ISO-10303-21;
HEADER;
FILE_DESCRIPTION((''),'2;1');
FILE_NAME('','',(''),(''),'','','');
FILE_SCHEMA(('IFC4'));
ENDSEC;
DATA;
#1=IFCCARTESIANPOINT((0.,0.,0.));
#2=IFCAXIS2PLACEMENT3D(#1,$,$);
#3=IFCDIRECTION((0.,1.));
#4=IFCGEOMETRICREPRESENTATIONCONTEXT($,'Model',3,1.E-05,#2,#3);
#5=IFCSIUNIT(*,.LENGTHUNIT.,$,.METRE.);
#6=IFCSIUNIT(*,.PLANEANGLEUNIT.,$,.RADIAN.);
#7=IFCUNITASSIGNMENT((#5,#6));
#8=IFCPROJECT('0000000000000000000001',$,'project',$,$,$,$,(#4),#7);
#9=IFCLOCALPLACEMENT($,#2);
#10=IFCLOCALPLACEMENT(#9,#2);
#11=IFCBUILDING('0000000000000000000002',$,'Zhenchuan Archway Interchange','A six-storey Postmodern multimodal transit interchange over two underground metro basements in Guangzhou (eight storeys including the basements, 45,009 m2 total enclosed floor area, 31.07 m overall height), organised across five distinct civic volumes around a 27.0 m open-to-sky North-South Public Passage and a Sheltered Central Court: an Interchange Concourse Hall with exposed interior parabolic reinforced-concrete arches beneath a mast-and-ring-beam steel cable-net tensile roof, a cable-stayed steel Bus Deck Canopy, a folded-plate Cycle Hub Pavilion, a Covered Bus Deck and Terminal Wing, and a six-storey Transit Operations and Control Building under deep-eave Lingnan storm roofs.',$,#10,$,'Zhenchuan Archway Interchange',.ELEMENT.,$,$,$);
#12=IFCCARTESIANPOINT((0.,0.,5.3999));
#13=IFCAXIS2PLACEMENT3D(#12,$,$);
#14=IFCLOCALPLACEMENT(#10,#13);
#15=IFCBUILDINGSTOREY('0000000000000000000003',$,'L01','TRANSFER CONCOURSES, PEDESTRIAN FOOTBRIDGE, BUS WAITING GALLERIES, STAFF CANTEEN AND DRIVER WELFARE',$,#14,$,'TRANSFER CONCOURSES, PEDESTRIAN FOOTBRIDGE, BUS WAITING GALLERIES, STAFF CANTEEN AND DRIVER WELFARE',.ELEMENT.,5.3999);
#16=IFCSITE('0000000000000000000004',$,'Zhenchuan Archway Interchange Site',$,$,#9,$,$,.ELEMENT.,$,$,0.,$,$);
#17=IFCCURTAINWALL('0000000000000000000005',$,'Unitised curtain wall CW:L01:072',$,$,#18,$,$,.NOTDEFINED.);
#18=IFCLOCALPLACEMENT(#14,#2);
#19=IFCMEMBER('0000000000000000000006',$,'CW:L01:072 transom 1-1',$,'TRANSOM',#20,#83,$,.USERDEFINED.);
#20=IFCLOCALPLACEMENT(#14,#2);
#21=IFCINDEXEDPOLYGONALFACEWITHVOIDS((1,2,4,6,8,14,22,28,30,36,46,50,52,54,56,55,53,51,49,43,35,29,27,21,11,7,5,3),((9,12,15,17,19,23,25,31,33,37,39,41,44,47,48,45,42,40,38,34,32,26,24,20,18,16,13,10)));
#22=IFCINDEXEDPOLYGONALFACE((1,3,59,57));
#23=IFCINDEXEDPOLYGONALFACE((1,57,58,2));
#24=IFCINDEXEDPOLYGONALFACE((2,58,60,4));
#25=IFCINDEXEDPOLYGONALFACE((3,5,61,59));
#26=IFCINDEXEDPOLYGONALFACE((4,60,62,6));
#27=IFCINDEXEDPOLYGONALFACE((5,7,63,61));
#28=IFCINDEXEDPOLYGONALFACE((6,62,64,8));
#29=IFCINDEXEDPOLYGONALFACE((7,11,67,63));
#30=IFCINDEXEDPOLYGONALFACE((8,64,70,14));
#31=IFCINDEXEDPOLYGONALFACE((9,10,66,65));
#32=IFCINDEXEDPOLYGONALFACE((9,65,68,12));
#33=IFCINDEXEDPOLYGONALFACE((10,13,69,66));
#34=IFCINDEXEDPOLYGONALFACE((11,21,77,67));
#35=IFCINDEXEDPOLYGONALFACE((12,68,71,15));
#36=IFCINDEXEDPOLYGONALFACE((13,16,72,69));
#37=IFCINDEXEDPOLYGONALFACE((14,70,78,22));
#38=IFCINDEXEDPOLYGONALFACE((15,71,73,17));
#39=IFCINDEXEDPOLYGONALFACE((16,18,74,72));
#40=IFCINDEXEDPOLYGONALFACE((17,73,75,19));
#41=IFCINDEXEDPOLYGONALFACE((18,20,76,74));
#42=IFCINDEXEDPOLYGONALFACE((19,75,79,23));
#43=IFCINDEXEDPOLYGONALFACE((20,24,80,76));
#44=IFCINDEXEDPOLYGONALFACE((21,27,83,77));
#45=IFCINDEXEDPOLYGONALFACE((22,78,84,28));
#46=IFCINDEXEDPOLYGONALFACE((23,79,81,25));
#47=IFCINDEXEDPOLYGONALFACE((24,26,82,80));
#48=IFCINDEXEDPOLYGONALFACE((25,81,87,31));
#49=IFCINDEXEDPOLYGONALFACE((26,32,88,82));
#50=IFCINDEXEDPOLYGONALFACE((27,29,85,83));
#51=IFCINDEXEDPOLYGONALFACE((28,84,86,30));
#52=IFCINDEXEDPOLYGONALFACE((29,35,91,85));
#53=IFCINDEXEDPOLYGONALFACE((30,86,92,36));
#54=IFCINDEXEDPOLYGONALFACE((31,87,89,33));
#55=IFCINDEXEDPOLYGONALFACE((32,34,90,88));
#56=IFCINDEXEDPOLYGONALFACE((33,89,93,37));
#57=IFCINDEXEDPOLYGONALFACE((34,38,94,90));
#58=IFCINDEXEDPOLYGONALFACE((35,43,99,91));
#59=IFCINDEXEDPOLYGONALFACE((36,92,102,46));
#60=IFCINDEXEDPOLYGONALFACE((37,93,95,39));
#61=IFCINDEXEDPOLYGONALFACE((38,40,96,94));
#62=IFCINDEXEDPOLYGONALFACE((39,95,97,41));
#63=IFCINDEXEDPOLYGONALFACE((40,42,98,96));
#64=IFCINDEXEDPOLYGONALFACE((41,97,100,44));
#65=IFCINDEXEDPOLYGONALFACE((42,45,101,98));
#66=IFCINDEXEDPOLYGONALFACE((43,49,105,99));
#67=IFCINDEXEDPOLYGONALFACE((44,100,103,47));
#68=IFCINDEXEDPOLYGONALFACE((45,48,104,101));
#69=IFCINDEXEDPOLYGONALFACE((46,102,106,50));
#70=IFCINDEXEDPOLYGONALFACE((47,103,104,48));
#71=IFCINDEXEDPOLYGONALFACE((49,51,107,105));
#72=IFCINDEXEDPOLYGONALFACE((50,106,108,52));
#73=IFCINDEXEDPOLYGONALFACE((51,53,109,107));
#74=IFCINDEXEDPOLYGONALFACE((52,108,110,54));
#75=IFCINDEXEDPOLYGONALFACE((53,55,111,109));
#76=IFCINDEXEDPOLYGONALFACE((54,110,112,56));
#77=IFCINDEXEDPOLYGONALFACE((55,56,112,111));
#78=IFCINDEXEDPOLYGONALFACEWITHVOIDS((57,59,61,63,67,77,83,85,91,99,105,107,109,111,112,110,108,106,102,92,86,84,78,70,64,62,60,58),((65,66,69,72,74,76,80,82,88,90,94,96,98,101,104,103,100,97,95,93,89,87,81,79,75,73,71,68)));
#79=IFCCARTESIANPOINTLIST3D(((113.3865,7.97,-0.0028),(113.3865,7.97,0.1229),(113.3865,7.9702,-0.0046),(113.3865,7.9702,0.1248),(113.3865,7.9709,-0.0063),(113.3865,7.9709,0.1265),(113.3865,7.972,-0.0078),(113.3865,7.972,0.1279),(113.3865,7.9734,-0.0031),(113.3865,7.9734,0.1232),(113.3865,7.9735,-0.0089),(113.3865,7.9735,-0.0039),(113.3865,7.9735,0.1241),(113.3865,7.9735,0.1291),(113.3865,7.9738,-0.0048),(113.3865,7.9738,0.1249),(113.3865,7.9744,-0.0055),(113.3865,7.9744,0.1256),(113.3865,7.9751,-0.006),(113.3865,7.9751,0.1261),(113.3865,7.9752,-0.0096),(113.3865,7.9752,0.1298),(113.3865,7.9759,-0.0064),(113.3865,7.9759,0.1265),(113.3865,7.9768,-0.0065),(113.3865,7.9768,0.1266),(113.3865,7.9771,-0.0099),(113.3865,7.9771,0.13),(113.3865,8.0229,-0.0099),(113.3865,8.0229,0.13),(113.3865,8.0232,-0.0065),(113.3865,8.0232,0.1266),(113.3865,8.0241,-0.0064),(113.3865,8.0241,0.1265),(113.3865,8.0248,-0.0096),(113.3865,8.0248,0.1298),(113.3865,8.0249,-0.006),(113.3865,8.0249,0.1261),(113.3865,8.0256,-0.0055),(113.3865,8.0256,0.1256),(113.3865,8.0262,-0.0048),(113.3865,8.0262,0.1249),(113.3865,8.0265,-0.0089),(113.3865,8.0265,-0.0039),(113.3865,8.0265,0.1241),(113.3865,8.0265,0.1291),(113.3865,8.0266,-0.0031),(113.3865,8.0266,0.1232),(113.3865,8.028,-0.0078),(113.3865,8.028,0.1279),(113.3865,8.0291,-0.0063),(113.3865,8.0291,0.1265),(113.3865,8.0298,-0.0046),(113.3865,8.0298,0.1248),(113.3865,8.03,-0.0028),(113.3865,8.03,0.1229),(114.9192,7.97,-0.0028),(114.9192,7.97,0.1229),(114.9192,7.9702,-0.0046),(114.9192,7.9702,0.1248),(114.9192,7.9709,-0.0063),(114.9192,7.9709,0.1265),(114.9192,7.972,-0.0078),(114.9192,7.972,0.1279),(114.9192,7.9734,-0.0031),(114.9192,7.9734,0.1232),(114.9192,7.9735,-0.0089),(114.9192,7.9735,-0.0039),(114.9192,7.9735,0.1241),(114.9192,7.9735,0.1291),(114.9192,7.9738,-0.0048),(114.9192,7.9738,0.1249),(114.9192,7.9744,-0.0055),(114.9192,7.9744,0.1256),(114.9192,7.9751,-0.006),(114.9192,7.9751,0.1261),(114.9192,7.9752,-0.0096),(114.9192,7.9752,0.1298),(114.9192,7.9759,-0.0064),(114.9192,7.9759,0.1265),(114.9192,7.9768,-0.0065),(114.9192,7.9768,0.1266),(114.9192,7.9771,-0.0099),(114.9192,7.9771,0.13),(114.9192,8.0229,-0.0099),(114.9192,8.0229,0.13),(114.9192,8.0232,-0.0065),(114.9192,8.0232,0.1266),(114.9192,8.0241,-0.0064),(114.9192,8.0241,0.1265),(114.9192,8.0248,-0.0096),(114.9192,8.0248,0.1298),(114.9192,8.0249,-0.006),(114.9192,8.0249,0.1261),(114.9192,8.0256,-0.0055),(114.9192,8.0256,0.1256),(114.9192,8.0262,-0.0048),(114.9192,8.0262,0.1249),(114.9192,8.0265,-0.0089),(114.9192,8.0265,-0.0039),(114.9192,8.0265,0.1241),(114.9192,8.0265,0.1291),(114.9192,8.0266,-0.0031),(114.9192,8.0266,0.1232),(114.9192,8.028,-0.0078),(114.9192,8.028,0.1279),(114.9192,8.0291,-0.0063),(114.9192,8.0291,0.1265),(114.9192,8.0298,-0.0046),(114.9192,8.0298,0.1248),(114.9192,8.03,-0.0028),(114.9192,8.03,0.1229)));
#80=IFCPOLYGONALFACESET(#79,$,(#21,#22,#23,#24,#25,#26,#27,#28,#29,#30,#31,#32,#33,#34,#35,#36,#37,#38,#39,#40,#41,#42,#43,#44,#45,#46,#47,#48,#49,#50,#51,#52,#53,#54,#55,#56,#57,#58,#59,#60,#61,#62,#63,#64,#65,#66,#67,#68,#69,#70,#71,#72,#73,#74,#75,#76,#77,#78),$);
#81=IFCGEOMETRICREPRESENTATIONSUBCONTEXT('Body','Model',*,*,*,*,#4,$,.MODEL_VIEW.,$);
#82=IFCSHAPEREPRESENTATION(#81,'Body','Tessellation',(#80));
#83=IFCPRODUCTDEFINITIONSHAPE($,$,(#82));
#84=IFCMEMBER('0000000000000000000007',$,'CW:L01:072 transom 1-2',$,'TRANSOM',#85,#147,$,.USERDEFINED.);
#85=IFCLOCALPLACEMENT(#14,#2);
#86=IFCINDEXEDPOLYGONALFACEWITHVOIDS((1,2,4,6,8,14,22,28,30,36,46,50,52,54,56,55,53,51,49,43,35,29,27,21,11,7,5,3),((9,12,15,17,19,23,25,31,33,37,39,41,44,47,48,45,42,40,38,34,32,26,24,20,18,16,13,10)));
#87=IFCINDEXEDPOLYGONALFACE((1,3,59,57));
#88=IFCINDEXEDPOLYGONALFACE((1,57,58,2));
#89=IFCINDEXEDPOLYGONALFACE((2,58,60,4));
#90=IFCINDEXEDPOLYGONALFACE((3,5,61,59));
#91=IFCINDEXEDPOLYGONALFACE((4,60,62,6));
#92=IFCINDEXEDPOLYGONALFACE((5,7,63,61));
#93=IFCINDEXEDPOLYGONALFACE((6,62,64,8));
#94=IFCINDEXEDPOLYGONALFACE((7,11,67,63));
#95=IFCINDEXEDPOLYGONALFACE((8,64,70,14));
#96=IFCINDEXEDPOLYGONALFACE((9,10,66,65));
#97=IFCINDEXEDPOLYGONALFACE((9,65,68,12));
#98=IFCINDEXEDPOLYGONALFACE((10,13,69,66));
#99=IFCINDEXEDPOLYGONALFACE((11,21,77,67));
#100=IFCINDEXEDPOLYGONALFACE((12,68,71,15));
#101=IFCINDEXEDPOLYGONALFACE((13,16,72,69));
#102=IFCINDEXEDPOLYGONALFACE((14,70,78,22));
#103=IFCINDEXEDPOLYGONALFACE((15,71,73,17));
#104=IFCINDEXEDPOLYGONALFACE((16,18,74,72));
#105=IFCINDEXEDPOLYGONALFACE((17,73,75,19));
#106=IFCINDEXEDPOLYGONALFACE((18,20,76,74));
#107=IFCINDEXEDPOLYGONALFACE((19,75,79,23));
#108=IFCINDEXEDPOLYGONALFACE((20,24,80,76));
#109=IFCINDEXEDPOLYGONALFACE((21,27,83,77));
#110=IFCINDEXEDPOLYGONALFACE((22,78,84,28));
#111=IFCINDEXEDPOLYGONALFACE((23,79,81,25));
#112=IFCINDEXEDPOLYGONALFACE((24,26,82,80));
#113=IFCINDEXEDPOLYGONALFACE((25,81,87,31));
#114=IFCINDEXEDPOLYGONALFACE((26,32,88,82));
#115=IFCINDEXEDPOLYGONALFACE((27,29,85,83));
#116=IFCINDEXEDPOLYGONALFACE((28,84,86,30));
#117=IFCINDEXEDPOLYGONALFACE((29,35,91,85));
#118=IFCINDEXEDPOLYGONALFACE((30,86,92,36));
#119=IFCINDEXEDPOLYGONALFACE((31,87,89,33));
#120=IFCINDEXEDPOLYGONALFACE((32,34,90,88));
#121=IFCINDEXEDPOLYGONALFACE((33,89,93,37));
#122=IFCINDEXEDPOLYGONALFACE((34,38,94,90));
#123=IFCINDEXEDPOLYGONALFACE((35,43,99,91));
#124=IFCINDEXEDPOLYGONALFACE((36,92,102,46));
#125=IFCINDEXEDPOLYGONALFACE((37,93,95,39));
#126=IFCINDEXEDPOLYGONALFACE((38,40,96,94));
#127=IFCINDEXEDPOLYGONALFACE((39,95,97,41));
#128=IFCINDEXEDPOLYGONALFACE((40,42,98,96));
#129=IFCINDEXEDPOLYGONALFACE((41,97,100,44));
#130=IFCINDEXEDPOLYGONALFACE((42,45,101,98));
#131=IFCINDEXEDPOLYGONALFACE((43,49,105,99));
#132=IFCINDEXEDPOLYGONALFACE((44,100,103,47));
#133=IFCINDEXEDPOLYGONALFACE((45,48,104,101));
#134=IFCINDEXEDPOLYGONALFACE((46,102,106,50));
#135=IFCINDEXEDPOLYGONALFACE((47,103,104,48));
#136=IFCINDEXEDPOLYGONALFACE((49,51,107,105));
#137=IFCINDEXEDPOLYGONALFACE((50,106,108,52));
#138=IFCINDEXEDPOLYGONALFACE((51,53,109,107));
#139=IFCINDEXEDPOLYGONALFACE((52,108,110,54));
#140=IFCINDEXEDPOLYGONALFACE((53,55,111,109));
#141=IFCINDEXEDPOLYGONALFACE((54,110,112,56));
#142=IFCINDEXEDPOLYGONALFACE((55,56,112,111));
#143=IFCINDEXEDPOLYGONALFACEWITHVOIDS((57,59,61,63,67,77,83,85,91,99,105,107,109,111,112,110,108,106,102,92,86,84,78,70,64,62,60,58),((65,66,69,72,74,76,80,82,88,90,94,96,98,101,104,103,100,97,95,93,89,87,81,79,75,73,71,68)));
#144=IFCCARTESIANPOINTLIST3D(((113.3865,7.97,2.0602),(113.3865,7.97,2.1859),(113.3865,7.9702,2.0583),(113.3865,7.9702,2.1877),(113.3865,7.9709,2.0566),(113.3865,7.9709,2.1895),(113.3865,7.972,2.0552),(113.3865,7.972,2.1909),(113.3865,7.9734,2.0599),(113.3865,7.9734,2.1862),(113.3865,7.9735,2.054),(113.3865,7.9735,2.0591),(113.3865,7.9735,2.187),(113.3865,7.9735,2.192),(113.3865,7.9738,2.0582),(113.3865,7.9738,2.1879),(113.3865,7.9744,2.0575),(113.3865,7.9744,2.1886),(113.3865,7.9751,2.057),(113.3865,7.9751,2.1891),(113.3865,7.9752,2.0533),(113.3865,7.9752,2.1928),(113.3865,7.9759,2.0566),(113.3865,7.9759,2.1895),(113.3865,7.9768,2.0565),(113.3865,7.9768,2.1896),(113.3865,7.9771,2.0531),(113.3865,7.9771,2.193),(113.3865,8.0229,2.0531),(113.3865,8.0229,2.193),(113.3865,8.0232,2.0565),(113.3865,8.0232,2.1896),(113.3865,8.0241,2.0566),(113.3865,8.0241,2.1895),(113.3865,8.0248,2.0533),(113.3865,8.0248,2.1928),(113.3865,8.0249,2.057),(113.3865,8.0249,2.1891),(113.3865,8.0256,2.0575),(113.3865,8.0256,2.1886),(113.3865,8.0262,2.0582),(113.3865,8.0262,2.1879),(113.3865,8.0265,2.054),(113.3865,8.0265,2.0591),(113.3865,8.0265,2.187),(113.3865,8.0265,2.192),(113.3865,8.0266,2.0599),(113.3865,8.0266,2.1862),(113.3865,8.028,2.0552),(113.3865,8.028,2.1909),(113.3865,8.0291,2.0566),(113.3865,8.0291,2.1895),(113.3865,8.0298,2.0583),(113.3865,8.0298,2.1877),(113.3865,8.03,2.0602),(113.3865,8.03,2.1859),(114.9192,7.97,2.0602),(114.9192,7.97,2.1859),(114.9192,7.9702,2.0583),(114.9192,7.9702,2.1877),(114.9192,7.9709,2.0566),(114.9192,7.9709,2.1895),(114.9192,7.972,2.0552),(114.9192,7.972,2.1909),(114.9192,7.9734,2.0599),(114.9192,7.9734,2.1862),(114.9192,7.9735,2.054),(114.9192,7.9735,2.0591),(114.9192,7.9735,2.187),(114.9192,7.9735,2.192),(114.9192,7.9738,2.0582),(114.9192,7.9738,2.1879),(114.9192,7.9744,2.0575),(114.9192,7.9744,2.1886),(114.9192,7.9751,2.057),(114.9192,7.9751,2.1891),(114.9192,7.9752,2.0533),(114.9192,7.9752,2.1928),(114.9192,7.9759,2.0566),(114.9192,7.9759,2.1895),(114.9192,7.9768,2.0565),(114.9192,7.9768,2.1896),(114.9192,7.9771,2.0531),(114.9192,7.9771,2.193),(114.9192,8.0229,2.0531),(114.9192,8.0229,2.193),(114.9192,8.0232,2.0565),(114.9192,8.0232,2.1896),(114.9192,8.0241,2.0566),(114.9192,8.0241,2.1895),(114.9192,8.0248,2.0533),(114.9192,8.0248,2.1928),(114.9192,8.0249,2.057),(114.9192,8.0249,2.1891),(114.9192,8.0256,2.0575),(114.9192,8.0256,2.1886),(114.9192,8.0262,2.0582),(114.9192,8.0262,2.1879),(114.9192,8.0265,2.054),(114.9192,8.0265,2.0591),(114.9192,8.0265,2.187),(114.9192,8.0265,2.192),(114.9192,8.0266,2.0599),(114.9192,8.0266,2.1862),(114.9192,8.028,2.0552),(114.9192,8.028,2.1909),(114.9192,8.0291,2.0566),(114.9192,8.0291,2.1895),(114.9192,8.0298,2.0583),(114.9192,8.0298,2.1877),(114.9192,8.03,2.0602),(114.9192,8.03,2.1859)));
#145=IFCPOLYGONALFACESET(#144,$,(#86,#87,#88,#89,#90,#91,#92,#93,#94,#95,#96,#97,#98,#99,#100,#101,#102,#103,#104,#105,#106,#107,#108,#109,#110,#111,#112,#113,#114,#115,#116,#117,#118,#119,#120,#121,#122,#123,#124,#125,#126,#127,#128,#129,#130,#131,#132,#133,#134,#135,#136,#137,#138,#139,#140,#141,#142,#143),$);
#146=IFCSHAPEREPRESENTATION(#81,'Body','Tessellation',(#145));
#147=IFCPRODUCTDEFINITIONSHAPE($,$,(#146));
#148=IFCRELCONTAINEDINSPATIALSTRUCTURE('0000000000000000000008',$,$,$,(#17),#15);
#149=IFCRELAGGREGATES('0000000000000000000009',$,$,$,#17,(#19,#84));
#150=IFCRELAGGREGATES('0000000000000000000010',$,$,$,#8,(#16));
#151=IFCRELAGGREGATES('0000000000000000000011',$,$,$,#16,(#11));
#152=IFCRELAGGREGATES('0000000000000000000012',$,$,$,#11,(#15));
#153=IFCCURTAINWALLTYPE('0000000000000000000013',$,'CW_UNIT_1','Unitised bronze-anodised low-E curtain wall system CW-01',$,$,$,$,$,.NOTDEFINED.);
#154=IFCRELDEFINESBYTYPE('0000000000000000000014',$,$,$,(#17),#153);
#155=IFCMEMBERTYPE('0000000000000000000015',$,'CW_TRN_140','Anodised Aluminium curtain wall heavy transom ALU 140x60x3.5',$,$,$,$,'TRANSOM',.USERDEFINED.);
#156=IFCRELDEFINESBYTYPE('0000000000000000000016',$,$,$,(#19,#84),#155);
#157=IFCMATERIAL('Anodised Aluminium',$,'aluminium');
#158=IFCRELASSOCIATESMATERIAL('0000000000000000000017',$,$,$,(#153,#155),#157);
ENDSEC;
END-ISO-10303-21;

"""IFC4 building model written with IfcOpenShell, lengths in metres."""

from ifc_helpers import new_model, si_unit, direction, frame, origin, origin_2d, place, context, subcontext, project, spatial, hollow_rectangle, extrude, material, material_profile, profile_set, type_object, element, aggregate, save


model = new_model("IFC4")

# Units and contexts
model_context = context("Model", 3, precision=1e-05, world=origin(), true_north=direction((0.0, 1.0)))
body_context = subcontext(model_context, "Body", "Model", "MODEL_VIEW")
ifc_project = project(units=[si_unit("LENGTHUNIT", "METRE"), si_unit("PLANEANGLEUNIT", "RADIAN")], contexts=[model_context])

# Site, building, storey
site_placement = place(None, origin())
site = spatial("IfcSite", under=ifc_project, at=site_placement, Name="Zhenchuan Archway Interchange Site", CompositionType="ELEMENT", RefElevation=0.0)
building_placement = place(site_placement, origin())
building = spatial("IfcBuilding", under=site, at=building_placement, Name="Zhenchuan Archway Interchange", Description="A six-storey Postmodern multimodal transit interchange over two underground metro basements in Guangzhou (eight storeys including the basements, 45,009 m2 total enclosed floor area, 31.07 m overall height), organised across five distinct civic volumes around a 27.0 m open-to-sky North-South Public Passage and a Sheltered Central Court: an Interchange Concourse Hall with exposed interior parabolic reinforced-concrete arches beneath a mast-and-ring-beam steel cable-net tensile roof, a cable-stayed steel Bus Deck Canopy, a folded-plate Cycle Hub Pavilion, a Covered Bus Deck and Terminal Wing, and a six-storey Transit Operations and Control Building under deep-eave Lingnan storm roofs.", LongName="Zhenchuan Archway Interchange", CompositionType="ELEMENT")
storey_placement = place(building_placement, frame((0.0, 0.0, 5.3999)))
storey = spatial("IfcBuildingStorey", under=building, at=storey_placement, Name="L01", Description="TRANSFER CONCOURSES, PEDESTRIAN FOOTBRIDGE, BUS WAITING GALLERIES, STAFF CANTEEN AND DRIVER WELFARE", LongName="TRANSFER CONCOURSES, PEDESTRIAN FOOTBRIDGE, BUS WAITING GALLERIES, STAFF CANTEEN AND DRIVER WELFARE", CompositionType="ELEMENT", Elevation=5.3999)

# Curtain wall, members
ifc_material_1 = material(Name="Anodised Aluminium", Category="aluminium")
curtain_wall_type = type_object("IfcCurtainWallType", Name="CW_UNIT_1", Description="Unitised bronze-anodised low-E curtain wall system CW-01", PredefinedType="NOTDEFINED", material=ifc_material_1)
curtain_wall_placement = place(storey_placement, origin())
curtain_wall = element("IfcCurtainWall", 1, at=curtain_wall_placement, inside=storey, type_object=curtain_wall_type, Name="Unitised curtain wall CW:L01:072", PredefinedType="NOTDEFINED")
ifc_material_profile_1 = material_profile(ifc_material_1, hollow_rectangle(XDim=0.0601, YDim=0.1399, WallThickness=0.0034, InnerFilletRadius=0.0034, OuterFilletRadius=0.0071, at=origin_2d()), Name="ALU 140x60x3.5")
ifc_profile_set_1 = profile_set([ifc_material_profile_1], Name="Anodised Aluminium")
member_type_1 = type_object("IfcMemberType", Name="CW_TRN_140", Description="Anodised Aluminium curtain wall heavy transom ALU 140x60x3.5", ElementType="TRANSOM", PredefinedType="USERDEFINED", material=ifc_profile_set_1)
member_1_placement = place(storey_placement, frame((114.9192, 8.0, 0.0601), z_axis=(-1.0, 0.0, 0.0), x_axis=(0.0, -1.0, 0.0)))
member_1 = element("IfcMember", 2, at=member_1_placement, type_object=member_type_1, Name="CW:L01:072 transom 1-1", ObjectType="TRANSOM", PredefinedType="USERDEFINED", context=body_context, shape_type="SweptSolid", body=[
    extrude(hollow_rectangle(XDim=0.0601, YDim=0.1399, WallThickness=0.0034, InnerFilletRadius=0.0034, OuterFilletRadius=0.0071, at=origin_2d()), origin(), (0.0, 0.0, 1.0), 1.5327),
])
member_2_placement = place(storey_placement, frame((114.9192, 8.0, 2.123), z_axis=(-1.0, 0.0, 0.0), x_axis=(0.0, -1.0, 0.0)))
member_2 = element("IfcMember", 3, at=member_2_placement, type_object=member_type_1, Name="CW:L01:072 transom 1-2", ObjectType="TRANSOM", PredefinedType="USERDEFINED", context=body_context, shape_type="SweptSolid", body=[
    extrude(hollow_rectangle(XDim=0.0601, YDim=0.1399, WallThickness=0.0034, InnerFilletRadius=0.0034, OuterFilletRadius=0.0071, at=origin_2d()), origin(), (0.0, 0.0, 1.0), 1.5327),
])

aggregate(curtain_wall, [member_1, member_2])

save(model, "model.ifc")
